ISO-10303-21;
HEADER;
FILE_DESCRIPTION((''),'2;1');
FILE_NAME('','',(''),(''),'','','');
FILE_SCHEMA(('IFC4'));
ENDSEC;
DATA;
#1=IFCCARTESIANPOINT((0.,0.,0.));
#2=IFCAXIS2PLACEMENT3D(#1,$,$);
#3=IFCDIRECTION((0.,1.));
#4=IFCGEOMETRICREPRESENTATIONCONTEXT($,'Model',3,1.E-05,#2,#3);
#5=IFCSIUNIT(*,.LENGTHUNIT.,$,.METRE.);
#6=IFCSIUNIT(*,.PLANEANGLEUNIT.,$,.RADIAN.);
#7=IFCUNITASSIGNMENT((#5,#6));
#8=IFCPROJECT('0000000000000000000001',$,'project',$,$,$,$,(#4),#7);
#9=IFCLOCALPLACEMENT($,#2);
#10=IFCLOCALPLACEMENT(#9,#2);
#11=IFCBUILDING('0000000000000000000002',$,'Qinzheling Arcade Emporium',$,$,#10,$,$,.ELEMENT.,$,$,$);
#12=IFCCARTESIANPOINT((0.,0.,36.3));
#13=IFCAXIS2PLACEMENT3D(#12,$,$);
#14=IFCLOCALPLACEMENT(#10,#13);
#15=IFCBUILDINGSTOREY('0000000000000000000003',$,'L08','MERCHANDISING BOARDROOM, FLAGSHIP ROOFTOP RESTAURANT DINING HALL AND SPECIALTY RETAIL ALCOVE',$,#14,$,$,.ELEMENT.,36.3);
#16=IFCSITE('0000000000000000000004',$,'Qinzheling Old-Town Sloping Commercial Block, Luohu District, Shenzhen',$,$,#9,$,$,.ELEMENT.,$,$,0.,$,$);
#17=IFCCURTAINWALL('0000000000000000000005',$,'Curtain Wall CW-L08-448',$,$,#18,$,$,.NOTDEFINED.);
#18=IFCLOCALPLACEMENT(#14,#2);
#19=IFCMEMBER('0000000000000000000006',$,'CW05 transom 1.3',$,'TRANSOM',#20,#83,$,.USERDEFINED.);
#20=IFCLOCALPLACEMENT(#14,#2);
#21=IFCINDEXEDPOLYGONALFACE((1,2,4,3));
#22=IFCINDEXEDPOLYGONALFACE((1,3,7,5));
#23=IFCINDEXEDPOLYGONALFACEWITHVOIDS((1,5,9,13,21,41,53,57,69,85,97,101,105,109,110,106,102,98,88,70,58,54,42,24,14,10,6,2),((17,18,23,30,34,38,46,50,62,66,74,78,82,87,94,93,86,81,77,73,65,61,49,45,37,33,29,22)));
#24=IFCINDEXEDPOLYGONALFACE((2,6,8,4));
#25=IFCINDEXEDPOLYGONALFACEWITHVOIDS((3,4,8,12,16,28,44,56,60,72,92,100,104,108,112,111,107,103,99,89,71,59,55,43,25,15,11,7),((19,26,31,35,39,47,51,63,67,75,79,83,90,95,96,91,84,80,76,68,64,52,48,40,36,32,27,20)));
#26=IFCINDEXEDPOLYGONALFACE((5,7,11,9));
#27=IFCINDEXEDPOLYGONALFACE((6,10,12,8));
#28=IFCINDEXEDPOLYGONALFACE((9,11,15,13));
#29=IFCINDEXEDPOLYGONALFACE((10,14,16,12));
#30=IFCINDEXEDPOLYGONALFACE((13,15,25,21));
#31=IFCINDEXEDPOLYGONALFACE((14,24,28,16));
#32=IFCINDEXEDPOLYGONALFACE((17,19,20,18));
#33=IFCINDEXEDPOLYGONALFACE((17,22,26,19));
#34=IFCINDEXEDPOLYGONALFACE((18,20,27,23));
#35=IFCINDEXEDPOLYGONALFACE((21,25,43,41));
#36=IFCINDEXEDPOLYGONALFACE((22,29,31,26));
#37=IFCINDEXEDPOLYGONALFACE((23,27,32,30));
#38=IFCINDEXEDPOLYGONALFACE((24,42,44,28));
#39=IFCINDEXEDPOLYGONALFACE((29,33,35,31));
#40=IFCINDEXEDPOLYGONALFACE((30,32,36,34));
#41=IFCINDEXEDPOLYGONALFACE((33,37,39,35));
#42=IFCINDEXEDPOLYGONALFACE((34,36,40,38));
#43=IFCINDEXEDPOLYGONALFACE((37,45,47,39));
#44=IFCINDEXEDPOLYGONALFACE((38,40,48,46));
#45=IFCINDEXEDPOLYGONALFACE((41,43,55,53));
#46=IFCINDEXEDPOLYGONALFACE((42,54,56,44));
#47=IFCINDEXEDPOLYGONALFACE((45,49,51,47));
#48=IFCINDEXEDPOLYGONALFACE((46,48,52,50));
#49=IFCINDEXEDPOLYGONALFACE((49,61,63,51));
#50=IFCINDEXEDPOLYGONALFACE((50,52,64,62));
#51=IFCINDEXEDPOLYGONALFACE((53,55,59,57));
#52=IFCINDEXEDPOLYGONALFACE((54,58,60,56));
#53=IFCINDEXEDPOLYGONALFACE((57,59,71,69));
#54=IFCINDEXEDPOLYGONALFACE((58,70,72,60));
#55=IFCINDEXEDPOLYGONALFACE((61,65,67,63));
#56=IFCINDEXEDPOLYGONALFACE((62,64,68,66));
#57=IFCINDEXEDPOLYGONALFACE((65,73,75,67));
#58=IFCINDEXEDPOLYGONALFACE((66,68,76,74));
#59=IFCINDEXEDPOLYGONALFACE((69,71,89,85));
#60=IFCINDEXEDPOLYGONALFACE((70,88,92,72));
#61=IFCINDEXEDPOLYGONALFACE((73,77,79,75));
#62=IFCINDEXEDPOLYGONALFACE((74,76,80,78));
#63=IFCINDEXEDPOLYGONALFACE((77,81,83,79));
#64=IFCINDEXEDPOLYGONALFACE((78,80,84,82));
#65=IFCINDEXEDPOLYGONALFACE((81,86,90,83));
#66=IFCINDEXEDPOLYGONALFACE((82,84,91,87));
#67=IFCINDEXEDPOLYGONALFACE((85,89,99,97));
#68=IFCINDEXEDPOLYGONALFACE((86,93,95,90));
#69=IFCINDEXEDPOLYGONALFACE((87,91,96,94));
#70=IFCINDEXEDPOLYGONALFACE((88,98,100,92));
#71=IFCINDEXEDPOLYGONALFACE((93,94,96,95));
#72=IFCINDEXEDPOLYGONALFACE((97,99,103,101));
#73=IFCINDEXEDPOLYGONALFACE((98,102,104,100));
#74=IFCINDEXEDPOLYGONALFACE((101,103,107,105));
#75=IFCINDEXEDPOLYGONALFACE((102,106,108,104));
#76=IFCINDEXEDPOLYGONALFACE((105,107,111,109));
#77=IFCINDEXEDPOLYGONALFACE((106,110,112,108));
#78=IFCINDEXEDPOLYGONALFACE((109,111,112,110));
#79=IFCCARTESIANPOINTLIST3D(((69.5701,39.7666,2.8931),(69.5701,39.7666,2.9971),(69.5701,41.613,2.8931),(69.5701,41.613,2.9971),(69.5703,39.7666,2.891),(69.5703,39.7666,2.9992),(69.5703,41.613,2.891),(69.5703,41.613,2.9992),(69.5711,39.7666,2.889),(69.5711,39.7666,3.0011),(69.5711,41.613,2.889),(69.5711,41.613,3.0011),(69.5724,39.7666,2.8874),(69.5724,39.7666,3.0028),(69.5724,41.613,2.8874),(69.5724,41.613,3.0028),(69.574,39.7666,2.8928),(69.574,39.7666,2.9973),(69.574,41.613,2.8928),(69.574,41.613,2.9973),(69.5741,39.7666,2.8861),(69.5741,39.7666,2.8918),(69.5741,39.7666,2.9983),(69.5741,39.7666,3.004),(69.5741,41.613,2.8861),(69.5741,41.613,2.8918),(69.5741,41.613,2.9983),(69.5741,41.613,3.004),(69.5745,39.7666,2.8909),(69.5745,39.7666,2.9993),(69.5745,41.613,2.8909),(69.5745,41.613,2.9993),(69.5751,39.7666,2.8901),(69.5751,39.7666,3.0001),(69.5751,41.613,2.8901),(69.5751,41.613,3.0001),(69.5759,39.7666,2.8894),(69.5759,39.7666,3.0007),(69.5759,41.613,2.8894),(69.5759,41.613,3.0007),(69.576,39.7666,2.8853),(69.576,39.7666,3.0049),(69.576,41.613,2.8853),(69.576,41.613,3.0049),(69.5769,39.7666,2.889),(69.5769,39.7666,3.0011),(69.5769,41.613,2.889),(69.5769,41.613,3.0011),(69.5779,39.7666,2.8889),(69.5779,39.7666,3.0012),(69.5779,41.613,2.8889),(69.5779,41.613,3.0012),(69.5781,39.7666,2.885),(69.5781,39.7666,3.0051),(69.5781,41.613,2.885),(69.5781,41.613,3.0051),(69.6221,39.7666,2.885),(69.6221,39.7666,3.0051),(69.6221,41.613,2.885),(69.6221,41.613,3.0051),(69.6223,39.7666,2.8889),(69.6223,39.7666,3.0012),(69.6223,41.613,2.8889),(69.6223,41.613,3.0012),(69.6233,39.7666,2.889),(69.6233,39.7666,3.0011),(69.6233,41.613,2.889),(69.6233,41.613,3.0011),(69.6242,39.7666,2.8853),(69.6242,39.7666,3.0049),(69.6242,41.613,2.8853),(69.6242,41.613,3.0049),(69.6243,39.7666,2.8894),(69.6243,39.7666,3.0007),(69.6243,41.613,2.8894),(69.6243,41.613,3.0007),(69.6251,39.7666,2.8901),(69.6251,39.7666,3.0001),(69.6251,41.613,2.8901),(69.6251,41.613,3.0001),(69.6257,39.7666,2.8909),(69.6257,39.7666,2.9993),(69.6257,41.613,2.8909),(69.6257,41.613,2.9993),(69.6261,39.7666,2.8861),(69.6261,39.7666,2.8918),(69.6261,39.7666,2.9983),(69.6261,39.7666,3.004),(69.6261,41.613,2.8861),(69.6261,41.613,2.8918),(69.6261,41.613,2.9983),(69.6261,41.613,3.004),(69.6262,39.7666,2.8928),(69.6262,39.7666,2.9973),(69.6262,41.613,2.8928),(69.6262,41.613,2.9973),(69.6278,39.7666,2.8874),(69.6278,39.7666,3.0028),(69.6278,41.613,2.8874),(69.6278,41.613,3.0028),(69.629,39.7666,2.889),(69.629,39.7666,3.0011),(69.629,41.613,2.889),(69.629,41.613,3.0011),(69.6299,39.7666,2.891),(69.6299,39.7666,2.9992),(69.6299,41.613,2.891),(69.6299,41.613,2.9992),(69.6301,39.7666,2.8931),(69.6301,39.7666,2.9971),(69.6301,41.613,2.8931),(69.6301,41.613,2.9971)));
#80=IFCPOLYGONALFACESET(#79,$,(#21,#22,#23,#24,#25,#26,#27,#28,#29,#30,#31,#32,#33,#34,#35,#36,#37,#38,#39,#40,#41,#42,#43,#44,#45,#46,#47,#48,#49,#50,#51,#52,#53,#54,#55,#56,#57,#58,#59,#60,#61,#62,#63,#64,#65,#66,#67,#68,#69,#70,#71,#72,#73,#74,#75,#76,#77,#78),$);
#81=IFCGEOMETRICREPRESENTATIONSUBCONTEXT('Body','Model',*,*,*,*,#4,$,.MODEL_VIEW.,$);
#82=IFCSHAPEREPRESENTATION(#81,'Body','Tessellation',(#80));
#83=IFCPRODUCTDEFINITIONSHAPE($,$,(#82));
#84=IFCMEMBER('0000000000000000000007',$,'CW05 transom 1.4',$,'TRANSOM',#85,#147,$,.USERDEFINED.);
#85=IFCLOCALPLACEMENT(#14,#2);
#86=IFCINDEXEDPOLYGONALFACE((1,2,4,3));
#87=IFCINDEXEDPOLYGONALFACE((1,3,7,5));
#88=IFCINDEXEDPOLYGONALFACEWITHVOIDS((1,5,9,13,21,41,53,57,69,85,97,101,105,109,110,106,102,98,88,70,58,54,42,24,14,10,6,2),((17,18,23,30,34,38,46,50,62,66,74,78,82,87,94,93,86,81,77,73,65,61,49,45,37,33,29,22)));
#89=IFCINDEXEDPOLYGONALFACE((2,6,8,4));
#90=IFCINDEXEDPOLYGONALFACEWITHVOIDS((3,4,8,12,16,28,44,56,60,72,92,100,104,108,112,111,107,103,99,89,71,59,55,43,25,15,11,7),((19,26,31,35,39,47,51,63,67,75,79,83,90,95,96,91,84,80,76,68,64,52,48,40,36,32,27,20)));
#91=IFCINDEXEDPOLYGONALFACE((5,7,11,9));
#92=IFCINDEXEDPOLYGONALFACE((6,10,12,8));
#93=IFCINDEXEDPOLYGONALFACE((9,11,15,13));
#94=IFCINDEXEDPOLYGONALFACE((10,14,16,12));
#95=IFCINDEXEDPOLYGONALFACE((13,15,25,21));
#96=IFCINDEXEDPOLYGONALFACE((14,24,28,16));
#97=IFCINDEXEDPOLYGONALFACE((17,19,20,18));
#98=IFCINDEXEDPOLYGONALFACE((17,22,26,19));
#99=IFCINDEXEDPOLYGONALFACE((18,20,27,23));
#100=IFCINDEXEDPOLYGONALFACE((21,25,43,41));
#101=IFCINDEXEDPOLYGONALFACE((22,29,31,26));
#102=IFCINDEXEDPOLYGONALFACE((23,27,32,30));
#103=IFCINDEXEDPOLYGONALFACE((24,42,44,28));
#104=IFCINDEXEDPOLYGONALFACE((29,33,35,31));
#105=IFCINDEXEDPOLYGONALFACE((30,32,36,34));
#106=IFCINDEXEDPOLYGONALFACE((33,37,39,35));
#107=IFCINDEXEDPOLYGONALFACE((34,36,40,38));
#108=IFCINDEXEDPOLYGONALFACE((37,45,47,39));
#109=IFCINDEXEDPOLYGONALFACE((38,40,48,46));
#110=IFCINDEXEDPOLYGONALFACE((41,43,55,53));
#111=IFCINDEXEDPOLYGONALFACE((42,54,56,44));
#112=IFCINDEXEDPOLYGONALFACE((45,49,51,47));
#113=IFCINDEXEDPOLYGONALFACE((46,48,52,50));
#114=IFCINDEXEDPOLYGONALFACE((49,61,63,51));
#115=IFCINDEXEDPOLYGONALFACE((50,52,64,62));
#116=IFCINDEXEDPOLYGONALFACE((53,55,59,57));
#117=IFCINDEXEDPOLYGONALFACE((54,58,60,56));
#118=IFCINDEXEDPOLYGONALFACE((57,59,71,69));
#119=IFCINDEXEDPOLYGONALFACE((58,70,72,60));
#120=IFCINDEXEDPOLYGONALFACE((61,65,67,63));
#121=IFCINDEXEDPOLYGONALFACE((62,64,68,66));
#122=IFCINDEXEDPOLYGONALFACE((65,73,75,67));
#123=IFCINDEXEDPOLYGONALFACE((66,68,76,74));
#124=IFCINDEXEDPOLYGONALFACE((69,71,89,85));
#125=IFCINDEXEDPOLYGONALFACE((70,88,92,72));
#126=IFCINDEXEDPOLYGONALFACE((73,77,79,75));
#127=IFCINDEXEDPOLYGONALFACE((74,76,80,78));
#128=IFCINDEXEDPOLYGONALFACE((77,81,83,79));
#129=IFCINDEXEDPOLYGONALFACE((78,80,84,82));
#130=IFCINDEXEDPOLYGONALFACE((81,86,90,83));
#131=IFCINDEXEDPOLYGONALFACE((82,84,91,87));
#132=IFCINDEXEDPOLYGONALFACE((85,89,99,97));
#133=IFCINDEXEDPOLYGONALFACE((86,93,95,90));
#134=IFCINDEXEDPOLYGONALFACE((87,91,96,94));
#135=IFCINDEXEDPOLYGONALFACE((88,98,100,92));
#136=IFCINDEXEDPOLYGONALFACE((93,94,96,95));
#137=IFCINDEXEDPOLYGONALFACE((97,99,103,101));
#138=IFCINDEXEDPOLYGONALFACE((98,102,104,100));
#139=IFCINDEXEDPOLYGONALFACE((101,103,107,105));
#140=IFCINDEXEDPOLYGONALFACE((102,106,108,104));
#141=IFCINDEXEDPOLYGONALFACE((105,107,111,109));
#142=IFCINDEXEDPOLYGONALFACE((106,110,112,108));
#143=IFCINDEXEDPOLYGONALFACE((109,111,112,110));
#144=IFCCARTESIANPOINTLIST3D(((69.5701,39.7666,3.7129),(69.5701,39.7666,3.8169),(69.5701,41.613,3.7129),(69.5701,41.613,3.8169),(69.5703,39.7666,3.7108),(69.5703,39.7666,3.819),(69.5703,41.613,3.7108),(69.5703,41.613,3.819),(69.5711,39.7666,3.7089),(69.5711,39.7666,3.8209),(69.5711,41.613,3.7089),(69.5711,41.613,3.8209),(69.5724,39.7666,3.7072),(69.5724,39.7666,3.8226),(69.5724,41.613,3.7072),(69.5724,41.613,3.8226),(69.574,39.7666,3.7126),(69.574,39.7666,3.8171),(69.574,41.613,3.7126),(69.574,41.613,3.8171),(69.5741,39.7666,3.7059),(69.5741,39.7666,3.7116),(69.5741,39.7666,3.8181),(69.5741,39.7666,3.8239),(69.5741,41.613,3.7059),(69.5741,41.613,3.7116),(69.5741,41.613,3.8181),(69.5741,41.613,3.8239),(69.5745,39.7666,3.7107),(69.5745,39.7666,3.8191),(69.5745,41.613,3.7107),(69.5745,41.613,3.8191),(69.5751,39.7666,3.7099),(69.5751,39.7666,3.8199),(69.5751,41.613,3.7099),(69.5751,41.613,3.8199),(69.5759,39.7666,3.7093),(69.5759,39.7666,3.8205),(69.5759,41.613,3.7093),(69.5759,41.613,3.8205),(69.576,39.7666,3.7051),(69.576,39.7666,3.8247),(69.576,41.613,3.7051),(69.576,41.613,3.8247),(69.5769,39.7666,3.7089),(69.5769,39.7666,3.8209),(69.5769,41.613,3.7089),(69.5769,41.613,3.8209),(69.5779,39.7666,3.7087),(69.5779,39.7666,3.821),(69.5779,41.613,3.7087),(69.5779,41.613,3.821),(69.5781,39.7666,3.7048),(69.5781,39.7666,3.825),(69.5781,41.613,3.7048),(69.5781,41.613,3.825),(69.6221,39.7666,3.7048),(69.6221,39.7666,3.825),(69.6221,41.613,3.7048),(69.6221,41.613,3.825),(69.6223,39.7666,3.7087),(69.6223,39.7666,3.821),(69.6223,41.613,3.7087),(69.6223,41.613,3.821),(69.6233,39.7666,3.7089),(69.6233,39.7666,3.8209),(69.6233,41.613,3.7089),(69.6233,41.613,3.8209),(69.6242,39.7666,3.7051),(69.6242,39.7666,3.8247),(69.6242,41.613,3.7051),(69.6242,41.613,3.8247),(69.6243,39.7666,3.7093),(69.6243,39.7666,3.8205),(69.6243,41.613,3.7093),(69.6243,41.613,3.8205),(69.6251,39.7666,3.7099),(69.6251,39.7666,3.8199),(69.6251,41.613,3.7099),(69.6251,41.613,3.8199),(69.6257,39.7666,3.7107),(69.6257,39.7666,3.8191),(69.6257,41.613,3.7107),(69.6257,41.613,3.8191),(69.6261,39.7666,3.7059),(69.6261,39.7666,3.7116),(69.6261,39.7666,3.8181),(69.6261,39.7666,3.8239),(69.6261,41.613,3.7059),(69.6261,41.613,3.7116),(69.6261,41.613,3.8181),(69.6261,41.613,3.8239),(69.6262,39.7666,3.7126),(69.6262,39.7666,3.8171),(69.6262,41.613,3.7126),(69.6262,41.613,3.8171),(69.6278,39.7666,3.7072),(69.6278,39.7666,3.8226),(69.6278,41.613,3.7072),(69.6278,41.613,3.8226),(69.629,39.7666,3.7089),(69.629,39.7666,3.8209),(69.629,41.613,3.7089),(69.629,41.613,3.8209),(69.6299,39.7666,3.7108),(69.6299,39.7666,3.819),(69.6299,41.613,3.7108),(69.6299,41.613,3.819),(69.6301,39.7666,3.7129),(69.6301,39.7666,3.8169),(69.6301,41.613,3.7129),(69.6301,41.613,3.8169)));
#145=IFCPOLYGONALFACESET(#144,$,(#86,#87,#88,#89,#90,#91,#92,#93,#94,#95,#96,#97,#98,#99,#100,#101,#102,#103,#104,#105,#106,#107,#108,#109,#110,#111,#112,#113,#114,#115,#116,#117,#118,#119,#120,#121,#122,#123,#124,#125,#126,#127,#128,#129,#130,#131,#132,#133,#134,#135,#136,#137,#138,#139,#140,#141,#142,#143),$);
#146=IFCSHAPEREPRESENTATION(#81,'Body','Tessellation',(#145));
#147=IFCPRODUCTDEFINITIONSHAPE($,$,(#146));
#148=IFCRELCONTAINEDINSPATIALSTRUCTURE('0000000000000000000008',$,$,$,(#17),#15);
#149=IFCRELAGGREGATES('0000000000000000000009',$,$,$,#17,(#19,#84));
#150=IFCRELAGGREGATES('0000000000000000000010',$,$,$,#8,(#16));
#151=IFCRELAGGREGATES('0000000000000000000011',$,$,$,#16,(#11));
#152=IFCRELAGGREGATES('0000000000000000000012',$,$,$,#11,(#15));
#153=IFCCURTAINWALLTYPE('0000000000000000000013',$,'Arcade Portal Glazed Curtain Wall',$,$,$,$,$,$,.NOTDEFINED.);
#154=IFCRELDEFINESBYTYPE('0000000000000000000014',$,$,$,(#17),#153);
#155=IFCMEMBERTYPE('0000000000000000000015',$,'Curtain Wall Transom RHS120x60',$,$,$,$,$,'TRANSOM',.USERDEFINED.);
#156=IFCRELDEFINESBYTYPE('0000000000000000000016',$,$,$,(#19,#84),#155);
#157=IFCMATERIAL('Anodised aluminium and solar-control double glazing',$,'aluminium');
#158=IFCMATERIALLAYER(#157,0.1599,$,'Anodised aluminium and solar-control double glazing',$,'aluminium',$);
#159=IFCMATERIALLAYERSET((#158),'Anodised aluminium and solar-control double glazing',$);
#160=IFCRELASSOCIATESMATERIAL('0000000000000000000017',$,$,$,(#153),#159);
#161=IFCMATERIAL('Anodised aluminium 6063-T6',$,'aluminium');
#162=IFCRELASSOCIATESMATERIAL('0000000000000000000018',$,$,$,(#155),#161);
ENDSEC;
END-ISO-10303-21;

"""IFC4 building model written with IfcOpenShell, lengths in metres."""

from ifc_helpers import new_model, si_unit, direction, frame, origin, origin_2d, place, context, subcontext, project, spatial, hollow_rectangle, extrude, material, layer, layer_set, material_profile, profile_set, type_object, element, aggregate, save


model = new_model("IFC4")

# Units and contexts
model_context = context("Model", 3, precision=1e-05, world=origin(), true_north=direction((0.0, 1.0)))
body_context = subcontext(model_context, "Body", "Model", "MODEL_VIEW")
ifc_project = project(units=[si_unit("LENGTHUNIT", "METRE"), si_unit("PLANEANGLEUNIT", "RADIAN")], contexts=[model_context])

# Site, building, storey
site_placement = place(None, origin())
site = spatial("IfcSite", under=ifc_project, at=site_placement, Name="Qinzheling Old-Town Sloping Commercial Block, Luohu District, Shenzhen", CompositionType="ELEMENT", RefElevation=0.0)
building_placement = place(site_placement, origin())
building = spatial("IfcBuilding", under=site, at=building_placement, Name="Qinzheling Arcade Emporium", CompositionType="ELEMENT")
storey_placement = place(building_placement, frame((0.0, 0.0, 36.3)))
storey = spatial("IfcBuildingStorey", under=building, at=storey_placement, Name="L08", Description="MERCHANDISING BOARDROOM, FLAGSHIP ROOFTOP RESTAURANT DINING HALL AND SPECIALTY RETAIL ALCOVE", CompositionType="ELEMENT", Elevation=36.3)

# Curtain wall
ifc_material_1 = material(Name="Anodised aluminium and solar-control double glazing", Category="aluminium")
ifc_layer_1 = layer(ifc_material_1, 0.1599, Name="Anodised aluminium and solar-control double glazing", Category="aluminium")
ifc_layer_set_1 = layer_set([ifc_layer_1], Name="Anodised aluminium and solar-control double glazing")
curtain_wall_type_1 = type_object("IfcCurtainWallType", Name="Arcade Portal Glazed Curtain Wall", PredefinedType="NOTDEFINED", material=ifc_layer_set_1)
curtain_wall_1_placement = place(storey_placement, origin())
curtain_wall_1 = element("IfcCurtainWall", 1, at=curtain_wall_1_placement, inside=storey, type_object=curtain_wall_type_1, Name="Curtain Wall CW-L08-448", PredefinedType="NOTDEFINED")
ifc_material_2 = material(Name="Anodised aluminium 6063-T6", Category="aluminium")

# Members
ifc_material_profile_1 = material_profile(ifc_material_2, hollow_rectangle(XDim=0.0601, YDim=0.1201, WallThickness=0.0039, InnerFilletRadius=0.0039, OuterFilletRadius=0.0081, at=origin_2d()), Name="RHS 120x60x4", Category="aluminium")
ifc_profile_set_1 = profile_set([ifc_material_profile_1], Name="Anodised aluminium 6063-T6")
member_type_1 = type_object("IfcMemberType", Name="Curtain Wall Transom RHS120x60", ElementType="TRANSOM", PredefinedType="USERDEFINED", material=ifc_profile_set_1)
member_1_placement = place(storey_placement, frame((69.6001, 41.613, 2.9451), z_axis=(0.0, -1.0, 0.0), x_axis=(1.0, 0.0, 0.0)))
member_1 = element("IfcMember", 2, at=member_1_placement, type_object=member_type_1, Name="CW05 transom 1.3", ObjectType="TRANSOM", PredefinedType="USERDEFINED", context=body_context, shape_type="SweptSolid", body=[
    extrude(hollow_rectangle(XDim=0.0601, YDim=0.1201, WallThickness=0.0039, InnerFilletRadius=0.0039, OuterFilletRadius=0.0081, at=origin_2d()), origin(), (0.0, 0.0, 1.0), 1.8464),
])
member_2_placement = place(storey_placement, frame((69.6001, 41.613, 3.7649), z_axis=(0.0, -1.0, 0.0), x_axis=(1.0, 0.0, 0.0)))
member_2 = element("IfcMember", 3, at=member_2_placement, type_object=member_type_1, Name="CW05 transom 1.4", ObjectType="TRANSOM", PredefinedType="USERDEFINED", context=body_context, shape_type="SweptSolid", body=[
    extrude(hollow_rectangle(XDim=0.0601, YDim=0.1201, WallThickness=0.0039, InnerFilletRadius=0.0039, OuterFilletRadius=0.0081, at=origin_2d()), origin(), (0.0, 0.0, 1.0), 1.8464),
])

aggregate(curtain_wall_1, [member_1, member_2])

save(model, "model.ifc")
